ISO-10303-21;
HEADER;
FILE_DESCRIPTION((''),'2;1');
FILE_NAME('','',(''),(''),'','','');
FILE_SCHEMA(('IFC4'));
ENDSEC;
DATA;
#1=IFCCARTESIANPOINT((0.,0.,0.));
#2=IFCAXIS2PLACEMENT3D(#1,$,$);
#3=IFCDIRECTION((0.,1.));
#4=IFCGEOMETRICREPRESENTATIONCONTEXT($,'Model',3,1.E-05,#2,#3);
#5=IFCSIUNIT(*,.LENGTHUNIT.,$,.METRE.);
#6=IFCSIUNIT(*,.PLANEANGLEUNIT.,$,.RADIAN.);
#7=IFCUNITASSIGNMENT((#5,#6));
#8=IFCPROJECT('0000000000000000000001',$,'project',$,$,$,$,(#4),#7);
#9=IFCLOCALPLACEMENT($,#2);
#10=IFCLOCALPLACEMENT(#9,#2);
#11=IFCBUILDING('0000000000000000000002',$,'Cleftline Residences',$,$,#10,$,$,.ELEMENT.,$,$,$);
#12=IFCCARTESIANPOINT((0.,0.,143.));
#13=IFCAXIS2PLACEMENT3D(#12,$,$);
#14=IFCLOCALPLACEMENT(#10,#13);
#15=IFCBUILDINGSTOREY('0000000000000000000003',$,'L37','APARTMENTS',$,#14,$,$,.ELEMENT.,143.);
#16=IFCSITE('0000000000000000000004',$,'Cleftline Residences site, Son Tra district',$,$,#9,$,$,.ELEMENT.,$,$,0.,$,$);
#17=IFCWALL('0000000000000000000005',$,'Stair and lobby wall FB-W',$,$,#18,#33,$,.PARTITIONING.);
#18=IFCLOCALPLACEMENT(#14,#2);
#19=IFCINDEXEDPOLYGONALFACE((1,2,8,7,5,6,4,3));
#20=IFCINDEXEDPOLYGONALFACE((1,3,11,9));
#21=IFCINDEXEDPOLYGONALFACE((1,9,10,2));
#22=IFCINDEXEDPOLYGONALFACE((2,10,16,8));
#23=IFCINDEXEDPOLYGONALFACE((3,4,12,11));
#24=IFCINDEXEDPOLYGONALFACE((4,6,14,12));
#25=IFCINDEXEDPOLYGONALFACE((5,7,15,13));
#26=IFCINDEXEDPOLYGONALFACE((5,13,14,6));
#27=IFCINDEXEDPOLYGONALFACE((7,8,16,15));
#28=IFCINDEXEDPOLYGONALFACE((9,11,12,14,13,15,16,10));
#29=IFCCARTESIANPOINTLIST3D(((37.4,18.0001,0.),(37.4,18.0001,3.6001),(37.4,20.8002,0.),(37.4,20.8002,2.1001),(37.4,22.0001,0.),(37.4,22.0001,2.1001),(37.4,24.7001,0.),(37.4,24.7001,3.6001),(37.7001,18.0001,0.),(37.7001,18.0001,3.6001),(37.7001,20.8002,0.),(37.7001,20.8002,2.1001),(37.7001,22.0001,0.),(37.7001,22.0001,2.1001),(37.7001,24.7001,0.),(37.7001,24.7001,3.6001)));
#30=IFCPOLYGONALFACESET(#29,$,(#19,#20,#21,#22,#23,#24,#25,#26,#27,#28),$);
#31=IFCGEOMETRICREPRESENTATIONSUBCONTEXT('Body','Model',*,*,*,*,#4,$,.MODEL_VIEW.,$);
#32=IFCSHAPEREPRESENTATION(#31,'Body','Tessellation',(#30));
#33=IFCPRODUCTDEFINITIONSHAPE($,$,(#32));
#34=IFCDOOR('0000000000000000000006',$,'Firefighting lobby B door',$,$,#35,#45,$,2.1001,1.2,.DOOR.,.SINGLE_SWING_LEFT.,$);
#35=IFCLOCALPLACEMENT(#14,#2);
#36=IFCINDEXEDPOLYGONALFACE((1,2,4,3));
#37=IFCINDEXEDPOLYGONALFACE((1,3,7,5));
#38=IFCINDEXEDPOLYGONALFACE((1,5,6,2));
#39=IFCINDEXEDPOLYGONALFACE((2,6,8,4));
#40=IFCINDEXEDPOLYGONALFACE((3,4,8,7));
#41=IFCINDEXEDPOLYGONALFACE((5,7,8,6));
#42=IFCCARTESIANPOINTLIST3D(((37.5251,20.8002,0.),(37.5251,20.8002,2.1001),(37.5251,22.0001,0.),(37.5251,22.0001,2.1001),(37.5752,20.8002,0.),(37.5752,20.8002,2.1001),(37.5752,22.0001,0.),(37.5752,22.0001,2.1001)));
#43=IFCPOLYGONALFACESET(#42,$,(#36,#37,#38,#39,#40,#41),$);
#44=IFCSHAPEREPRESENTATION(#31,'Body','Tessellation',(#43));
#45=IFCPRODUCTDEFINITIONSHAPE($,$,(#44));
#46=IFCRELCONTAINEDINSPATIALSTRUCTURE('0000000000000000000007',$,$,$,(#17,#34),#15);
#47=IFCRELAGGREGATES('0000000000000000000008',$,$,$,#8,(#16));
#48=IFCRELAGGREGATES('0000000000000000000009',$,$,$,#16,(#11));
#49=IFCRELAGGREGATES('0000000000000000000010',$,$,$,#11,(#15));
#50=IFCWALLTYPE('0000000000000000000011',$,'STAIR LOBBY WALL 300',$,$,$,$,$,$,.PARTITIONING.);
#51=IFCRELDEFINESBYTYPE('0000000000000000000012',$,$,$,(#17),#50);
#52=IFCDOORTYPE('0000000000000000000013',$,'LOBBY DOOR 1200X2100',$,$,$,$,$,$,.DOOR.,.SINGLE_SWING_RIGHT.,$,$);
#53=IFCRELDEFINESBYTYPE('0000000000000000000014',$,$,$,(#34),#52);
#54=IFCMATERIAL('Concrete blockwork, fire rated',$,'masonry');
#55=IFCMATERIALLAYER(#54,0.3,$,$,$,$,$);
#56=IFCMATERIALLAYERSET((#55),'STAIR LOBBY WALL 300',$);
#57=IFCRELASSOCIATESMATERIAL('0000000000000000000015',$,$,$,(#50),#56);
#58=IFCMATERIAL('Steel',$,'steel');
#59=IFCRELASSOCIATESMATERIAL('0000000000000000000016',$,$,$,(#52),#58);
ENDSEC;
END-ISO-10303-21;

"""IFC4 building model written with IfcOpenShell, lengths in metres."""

from ifc_helpers import new_model, si_unit, direction, frame, frame_2d, origin, place, context, subcontext, project, spatial, rectangle, extrude, material, layer, layer_set, type_object, element, fill, save


model = new_model("IFC4")

# Units and contexts
model_context = context("Model", 3, precision=1e-05, world=origin(), true_north=direction((0.0, 1.0)))
body_context = subcontext(model_context, "Body", "Model", "MODEL_VIEW")
ifc_project = project(units=[si_unit("LENGTHUNIT", "METRE"), si_unit("PLANEANGLEUNIT", "RADIAN")], contexts=[model_context])

# Site, building, storey
site_placement = place(None, origin())
site = spatial("IfcSite", under=ifc_project, at=site_placement, Name="Cleftline Residences site, Son Tra district", CompositionType="ELEMENT", RefElevation=0.0)
building_placement = place(site_placement, origin())
building = spatial("IfcBuilding", under=site, at=building_placement, Name="Cleftline Residences", CompositionType="ELEMENT")
storey_placement = place(building_placement, frame((0.0, 0.0, 143.0)))
storey = spatial("IfcBuildingStorey", under=building, at=storey_placement, Name="L37", Description="APARTMENTS", CompositionType="ELEMENT", Elevation=143.0)

# Wall, opening, door
ifc_material_1 = material(Name="Concrete blockwork, fire rated", Category="masonry")
ifc_layer_1 = layer(ifc_material_1, 0.3)
ifc_layer_set_1 = layer_set([ifc_layer_1], Name="STAIR LOBBY WALL 300")
wall_type_1 = type_object("IfcWallType", Name="STAIR LOBBY WALL 300", PredefinedType="PARTITIONING", material=ifc_layer_set_1)
ifc_material_2 = material(Name="Steel", Category="steel")
door_type_1 = type_object("IfcDoorType", Name="LOBBY DOOR 1200X2100", OperationType="SINGLE_SWING_RIGHT", PredefinedType="DOOR", material=ifc_material_2)
wall_1_placement = place(storey_placement, frame((37.55, 18.0, 0.0), z_axis=(0.0, 0.0, 1.0), x_axis=(0.0, 1.0, 0.0)))
wall_1 = element("IfcWall", 1, at=wall_1_placement, inside=storey, type_object=wall_type_1, Name="Stair and lobby wall FB-W", PredefinedType="PARTITIONING", context=body_context, shape_type="SweptSolid", body=[
    extrude(rectangle(XDim=6.7, YDim=0.3, at=frame_2d((3.3501, 0.0))), origin(), (0.0, 0.0, 1.0), 3.6001),
])
opening_1_placement = place(wall_1_placement, frame((2.8, 0.0, 0.0)))
opening_1 = element("IfcOpeningElement", 2, at=opening_1_placement, cuts=wall_1, PredefinedType="OPENING", context=body_context, shape_type="SweptSolid", body=[
    extrude(rectangle(XDim=1.2, YDim=2.1001, at=frame_2d((0.6001, 1.05))), frame((0.0, 0.1599, 0.0), z_axis=(0.0, -1.0, 0.0), x_axis=(1.0, 0.0, 0.0)), (0.0, 0.0, 1.0), 0.3201),
])
door_1_placement = place(opening_1_placement, origin())
door_1 = element("IfcDoor", 3, at=door_1_placement, inside=storey, type_object=door_type_1, Name="Firefighting lobby B door", OperationType="SINGLE_SWING_LEFT", OverallHeight=2.1001, OverallWidth=1.2, PredefinedType="DOOR", context=body_context, shape_type="SweptSolid", body=[
    extrude(rectangle(XDim=1.2, YDim=2.1001, at=frame_2d((0.6001, 1.05))), frame((0.0, 0.0249, 0.0), z_axis=(0.0, -1.0, 0.0), x_axis=(1.0, 0.0, 0.0)), (0.0, 0.0, 1.0), 0.05),
])
fill(opening_1, door_1)

save(model, "model.ifc")
